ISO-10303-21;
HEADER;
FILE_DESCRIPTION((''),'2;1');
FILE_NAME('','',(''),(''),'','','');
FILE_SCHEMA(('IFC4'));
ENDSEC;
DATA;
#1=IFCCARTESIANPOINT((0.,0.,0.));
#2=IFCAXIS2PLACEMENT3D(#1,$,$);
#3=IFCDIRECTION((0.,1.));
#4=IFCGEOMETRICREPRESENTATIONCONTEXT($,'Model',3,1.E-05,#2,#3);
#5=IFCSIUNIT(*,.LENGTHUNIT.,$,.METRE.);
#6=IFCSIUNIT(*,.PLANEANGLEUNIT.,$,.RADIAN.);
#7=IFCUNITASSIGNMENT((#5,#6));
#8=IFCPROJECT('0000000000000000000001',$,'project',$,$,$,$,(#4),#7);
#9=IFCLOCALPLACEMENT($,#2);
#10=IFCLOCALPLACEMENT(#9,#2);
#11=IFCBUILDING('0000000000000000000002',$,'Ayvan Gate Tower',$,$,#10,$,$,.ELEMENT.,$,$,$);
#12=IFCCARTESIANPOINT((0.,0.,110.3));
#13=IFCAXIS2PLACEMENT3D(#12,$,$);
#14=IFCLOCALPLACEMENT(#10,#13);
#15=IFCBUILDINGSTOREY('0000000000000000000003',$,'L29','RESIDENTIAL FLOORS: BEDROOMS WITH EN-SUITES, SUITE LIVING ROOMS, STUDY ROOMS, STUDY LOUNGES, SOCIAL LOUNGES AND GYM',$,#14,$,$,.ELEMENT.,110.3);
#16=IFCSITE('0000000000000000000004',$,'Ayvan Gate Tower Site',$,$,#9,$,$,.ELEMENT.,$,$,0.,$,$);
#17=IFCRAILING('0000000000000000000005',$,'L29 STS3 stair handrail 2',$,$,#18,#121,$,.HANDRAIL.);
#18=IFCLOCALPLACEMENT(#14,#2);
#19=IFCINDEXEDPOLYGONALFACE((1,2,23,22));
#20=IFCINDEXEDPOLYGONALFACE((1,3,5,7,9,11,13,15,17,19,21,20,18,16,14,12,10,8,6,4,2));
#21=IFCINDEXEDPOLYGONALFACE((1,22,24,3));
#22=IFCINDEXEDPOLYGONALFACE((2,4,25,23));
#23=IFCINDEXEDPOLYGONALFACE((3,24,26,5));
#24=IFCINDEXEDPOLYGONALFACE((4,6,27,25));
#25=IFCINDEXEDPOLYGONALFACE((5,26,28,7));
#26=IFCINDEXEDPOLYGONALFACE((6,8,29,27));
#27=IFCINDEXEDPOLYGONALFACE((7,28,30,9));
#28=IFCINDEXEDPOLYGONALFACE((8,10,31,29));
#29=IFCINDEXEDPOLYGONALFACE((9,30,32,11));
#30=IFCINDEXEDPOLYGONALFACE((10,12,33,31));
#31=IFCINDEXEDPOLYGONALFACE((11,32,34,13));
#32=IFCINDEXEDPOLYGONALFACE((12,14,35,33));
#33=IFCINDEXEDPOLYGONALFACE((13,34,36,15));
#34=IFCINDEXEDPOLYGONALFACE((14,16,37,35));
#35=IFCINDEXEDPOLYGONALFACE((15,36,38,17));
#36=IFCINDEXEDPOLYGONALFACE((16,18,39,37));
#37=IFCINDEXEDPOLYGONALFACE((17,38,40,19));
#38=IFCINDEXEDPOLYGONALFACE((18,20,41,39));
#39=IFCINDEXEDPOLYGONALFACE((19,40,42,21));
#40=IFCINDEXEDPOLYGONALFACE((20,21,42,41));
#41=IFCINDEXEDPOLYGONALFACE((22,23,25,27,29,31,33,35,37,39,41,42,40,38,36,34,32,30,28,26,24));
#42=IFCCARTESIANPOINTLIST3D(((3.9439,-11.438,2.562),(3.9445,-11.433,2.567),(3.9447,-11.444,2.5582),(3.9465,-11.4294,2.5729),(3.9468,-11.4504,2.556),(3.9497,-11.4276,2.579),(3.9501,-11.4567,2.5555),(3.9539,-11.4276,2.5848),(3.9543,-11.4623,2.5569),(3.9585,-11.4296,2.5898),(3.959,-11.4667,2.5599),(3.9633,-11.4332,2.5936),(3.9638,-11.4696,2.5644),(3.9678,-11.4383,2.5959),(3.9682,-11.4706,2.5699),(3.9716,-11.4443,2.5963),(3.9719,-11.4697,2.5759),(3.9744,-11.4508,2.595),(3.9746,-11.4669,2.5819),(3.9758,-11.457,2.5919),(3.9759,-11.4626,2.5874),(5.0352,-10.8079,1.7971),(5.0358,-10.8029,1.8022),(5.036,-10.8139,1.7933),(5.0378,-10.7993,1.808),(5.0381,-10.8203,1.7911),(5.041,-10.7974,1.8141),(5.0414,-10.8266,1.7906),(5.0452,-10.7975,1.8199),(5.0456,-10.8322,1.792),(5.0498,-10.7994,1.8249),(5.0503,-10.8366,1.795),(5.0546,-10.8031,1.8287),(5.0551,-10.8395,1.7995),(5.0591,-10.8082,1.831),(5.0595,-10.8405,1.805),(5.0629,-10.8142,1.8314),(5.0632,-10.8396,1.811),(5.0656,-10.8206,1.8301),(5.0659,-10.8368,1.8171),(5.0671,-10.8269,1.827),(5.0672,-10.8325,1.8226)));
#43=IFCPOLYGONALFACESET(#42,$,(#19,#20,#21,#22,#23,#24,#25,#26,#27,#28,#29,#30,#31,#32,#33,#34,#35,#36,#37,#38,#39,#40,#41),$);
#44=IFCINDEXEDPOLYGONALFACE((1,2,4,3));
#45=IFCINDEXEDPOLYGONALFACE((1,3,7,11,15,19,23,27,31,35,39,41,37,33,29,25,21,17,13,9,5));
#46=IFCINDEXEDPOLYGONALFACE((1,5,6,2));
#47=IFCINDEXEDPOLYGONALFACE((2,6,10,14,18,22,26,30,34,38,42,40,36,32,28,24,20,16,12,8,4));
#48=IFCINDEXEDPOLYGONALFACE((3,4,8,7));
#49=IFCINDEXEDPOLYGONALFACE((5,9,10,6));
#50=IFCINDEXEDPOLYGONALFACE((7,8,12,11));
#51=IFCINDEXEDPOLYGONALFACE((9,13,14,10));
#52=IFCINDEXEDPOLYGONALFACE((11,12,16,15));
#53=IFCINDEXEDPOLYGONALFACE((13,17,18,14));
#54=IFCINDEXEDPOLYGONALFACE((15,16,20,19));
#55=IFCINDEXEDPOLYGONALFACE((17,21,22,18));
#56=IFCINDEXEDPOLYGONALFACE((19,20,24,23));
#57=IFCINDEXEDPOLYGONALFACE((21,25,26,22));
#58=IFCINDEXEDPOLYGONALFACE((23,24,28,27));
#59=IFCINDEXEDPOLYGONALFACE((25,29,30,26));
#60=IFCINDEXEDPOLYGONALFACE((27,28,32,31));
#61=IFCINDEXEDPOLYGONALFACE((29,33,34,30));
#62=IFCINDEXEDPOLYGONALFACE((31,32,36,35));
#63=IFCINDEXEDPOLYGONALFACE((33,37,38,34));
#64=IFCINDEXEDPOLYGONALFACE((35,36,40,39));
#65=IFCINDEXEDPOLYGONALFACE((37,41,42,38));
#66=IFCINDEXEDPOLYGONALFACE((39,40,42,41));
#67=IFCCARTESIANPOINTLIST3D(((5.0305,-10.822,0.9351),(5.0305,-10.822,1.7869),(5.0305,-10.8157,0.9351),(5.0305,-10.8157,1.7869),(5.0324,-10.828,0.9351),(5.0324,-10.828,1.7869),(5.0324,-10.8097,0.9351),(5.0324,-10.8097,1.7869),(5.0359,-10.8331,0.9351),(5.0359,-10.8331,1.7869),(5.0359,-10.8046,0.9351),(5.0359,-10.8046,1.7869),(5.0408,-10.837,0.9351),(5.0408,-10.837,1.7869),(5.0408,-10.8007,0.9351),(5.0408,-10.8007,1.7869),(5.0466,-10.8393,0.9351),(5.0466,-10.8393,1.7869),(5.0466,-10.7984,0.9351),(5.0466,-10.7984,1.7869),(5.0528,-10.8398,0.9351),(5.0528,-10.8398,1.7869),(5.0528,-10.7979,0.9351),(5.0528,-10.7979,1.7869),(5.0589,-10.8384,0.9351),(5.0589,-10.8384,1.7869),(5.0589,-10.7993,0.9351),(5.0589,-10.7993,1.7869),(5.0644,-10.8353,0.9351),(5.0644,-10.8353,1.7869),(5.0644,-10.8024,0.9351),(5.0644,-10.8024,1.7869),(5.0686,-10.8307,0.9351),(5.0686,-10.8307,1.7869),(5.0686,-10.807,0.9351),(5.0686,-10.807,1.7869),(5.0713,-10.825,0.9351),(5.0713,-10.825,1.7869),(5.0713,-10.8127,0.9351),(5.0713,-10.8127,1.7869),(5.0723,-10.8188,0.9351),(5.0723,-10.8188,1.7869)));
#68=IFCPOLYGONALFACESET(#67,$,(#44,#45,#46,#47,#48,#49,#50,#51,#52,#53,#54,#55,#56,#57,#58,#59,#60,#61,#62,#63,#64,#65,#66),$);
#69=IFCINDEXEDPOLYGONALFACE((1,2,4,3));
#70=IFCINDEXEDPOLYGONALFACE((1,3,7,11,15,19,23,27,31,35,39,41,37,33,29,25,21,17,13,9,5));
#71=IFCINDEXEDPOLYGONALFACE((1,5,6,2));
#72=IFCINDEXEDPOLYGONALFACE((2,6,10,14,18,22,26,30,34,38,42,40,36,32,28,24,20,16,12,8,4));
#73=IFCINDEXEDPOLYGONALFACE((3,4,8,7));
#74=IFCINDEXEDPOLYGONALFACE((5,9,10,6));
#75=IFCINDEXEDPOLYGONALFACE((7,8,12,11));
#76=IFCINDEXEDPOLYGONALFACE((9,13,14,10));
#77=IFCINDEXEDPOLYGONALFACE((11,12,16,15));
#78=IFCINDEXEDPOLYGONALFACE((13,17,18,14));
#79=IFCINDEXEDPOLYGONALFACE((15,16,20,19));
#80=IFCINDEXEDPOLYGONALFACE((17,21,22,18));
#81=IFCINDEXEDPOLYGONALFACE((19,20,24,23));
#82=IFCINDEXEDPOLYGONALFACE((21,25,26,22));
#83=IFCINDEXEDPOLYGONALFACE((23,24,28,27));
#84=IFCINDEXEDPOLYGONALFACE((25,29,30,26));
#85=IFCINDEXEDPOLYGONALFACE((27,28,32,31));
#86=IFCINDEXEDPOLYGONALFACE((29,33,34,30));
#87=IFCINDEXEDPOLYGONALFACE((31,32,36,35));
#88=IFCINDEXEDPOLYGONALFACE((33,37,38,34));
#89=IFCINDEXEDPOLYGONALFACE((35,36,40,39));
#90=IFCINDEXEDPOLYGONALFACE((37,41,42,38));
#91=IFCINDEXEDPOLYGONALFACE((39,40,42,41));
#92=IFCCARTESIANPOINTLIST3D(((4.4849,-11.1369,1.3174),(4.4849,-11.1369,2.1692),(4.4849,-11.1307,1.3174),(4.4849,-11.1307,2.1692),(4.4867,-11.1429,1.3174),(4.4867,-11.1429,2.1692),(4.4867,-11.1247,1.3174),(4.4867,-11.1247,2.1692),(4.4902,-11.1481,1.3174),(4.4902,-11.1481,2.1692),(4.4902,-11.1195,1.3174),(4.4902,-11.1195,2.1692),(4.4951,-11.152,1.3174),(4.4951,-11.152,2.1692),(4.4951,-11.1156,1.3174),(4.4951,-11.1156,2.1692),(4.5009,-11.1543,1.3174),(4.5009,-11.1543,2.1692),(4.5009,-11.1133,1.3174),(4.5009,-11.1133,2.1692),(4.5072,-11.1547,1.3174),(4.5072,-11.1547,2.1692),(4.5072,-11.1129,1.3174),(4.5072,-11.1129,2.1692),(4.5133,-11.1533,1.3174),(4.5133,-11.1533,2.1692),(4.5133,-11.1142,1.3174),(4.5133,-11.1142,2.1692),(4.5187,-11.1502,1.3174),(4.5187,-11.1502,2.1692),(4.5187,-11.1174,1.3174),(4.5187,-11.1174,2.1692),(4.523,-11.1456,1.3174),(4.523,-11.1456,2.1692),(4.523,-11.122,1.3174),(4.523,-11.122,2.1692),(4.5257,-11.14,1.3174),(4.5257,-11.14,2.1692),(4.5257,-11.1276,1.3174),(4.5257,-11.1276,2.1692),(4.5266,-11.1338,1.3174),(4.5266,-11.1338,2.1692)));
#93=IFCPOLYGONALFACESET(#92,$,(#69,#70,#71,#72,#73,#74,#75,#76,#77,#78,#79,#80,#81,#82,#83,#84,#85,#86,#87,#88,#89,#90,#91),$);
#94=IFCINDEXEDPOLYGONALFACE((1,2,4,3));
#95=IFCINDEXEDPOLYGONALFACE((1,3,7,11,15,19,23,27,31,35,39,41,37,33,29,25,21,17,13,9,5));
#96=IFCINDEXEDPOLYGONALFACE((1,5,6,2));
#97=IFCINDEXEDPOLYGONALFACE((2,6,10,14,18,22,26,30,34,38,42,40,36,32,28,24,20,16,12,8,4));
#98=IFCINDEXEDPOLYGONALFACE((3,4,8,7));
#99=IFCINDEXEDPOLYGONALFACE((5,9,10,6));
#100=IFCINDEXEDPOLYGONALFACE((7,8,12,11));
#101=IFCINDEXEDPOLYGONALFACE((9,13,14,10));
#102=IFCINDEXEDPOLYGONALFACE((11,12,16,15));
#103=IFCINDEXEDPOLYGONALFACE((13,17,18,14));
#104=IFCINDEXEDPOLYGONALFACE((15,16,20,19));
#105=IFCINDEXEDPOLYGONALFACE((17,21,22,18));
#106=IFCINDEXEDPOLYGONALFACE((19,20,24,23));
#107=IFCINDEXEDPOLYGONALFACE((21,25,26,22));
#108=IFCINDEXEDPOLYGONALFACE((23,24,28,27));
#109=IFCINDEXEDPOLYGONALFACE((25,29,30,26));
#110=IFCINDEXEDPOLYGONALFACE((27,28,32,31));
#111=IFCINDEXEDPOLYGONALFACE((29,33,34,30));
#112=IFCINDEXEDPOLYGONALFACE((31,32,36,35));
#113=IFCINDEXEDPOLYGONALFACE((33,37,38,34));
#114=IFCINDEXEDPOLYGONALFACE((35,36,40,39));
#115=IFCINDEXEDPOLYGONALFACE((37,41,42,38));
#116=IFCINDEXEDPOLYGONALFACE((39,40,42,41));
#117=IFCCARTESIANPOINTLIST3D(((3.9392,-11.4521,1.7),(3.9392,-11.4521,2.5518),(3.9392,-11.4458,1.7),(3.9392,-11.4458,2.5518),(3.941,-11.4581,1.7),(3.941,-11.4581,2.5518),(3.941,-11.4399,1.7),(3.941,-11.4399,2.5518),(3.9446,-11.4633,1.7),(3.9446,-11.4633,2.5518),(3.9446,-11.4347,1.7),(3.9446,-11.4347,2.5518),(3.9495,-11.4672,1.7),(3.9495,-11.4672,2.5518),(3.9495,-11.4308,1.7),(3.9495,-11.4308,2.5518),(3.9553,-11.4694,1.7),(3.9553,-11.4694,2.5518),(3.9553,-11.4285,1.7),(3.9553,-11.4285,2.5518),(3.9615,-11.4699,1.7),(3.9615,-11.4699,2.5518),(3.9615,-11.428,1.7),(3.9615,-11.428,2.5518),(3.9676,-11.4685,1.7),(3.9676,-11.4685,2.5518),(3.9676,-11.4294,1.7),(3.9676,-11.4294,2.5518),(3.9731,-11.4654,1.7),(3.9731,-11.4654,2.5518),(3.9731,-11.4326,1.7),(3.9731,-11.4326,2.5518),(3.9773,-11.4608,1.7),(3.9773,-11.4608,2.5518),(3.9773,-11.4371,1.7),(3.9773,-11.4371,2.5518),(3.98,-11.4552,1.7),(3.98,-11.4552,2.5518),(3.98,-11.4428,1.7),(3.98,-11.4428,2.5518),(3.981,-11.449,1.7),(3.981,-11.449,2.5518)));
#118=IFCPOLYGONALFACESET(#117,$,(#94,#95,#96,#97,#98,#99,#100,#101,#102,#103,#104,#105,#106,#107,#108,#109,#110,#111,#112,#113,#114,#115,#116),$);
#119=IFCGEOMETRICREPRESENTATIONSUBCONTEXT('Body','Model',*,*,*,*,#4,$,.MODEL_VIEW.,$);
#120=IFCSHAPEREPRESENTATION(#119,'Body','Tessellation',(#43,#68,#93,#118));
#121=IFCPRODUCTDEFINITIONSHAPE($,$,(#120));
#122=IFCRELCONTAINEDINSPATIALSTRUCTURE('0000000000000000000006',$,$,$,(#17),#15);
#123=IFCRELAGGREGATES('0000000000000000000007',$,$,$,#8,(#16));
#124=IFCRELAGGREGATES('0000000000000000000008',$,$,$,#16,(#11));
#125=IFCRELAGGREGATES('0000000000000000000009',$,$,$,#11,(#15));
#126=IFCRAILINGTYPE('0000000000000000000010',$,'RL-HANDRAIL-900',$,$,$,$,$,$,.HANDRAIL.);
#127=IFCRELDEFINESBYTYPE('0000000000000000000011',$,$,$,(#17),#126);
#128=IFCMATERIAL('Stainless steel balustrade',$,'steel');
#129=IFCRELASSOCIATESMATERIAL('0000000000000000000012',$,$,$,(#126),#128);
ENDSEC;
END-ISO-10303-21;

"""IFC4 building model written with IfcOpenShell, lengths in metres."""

from ifc_helpers import new_model, si_unit, direction, frame, origin, origin_2d, place, context, subcontext, project, spatial, circle, extrude, material, type_object, element, save


model = new_model("IFC4")

# Units and contexts
model_context = context("Model", 3, precision=1e-05, world=origin(), true_north=direction((0.0, 1.0)))
body_context = subcontext(model_context, "Body", "Model", "MODEL_VIEW")
ifc_project = project(units=[si_unit("LENGTHUNIT", "METRE"), si_unit("PLANEANGLEUNIT", "RADIAN")], contexts=[model_context])

# Site, building, storey
site_placement = place(None, origin())
site = spatial("IfcSite", under=ifc_project, at=site_placement, Name="Ayvan Gate Tower Site", CompositionType="ELEMENT", RefElevation=0.0)
building_placement = place(site_placement, origin())
building = spatial("IfcBuilding", under=site, at=building_placement, Name="Ayvan Gate Tower", CompositionType="ELEMENT")
storey_placement = place(building_placement, frame((0.0, 0.0, 110.3)))
storey = spatial("IfcBuildingStorey", under=building, at=storey_placement, Name="L29", Description="RESIDENTIAL FLOORS: BEDROOMS WITH EN-SUITES, SUITE LIVING ROOMS, STUDY ROOMS, STUDY LOUNGES, SOCIAL LOUNGES AND GYM", CompositionType="ELEMENT", Elevation=110.3)

# Railing
ifc_material_1 = material(Name="Stainless steel balustrade", Category="steel")
railing_type_1 = type_object("IfcRailingType", Name="RL-HANDRAIL-900", PredefinedType="HANDRAIL", material=ifc_material_1)
railing_1_placement = place(storey_placement, frame((5.0513, -10.8188, 0.9351)))
element("IfcRailing", 1, at=railing_1_placement, inside=storey, type_object=railing_type_1, Name="L29 STS3 stair handrail 2", PredefinedType="HANDRAIL", context=body_context, shape_type="SweptSolid", body=[
    extrude(circle(Radius=0.0239, at=origin_2d()), frame((0.0, 0.0, 0.876), z_axis=(-0.740304, -0.427455, 0.518875), x_axis=(0.500035, -0.866005, 0.0)), (0.0, 0.0, 1.0), 1.4741),
    extrude(circle(Radius=0.021, at=origin_2d()), origin(), (0.0, 0.0, 1.0), 0.8518),
    extrude(circle(Radius=0.021, at=origin_2d()), frame((-0.5457, -0.3149, 0.3823)), (0.0, 0.0, 1.0), 0.8518),
    extrude(circle(Radius=0.021, at=origin_2d()), frame((-1.0913, -0.6301, 0.7649)), (0.0, 0.0, 1.0), 0.8518),
])

save(model, "model.ifc")
